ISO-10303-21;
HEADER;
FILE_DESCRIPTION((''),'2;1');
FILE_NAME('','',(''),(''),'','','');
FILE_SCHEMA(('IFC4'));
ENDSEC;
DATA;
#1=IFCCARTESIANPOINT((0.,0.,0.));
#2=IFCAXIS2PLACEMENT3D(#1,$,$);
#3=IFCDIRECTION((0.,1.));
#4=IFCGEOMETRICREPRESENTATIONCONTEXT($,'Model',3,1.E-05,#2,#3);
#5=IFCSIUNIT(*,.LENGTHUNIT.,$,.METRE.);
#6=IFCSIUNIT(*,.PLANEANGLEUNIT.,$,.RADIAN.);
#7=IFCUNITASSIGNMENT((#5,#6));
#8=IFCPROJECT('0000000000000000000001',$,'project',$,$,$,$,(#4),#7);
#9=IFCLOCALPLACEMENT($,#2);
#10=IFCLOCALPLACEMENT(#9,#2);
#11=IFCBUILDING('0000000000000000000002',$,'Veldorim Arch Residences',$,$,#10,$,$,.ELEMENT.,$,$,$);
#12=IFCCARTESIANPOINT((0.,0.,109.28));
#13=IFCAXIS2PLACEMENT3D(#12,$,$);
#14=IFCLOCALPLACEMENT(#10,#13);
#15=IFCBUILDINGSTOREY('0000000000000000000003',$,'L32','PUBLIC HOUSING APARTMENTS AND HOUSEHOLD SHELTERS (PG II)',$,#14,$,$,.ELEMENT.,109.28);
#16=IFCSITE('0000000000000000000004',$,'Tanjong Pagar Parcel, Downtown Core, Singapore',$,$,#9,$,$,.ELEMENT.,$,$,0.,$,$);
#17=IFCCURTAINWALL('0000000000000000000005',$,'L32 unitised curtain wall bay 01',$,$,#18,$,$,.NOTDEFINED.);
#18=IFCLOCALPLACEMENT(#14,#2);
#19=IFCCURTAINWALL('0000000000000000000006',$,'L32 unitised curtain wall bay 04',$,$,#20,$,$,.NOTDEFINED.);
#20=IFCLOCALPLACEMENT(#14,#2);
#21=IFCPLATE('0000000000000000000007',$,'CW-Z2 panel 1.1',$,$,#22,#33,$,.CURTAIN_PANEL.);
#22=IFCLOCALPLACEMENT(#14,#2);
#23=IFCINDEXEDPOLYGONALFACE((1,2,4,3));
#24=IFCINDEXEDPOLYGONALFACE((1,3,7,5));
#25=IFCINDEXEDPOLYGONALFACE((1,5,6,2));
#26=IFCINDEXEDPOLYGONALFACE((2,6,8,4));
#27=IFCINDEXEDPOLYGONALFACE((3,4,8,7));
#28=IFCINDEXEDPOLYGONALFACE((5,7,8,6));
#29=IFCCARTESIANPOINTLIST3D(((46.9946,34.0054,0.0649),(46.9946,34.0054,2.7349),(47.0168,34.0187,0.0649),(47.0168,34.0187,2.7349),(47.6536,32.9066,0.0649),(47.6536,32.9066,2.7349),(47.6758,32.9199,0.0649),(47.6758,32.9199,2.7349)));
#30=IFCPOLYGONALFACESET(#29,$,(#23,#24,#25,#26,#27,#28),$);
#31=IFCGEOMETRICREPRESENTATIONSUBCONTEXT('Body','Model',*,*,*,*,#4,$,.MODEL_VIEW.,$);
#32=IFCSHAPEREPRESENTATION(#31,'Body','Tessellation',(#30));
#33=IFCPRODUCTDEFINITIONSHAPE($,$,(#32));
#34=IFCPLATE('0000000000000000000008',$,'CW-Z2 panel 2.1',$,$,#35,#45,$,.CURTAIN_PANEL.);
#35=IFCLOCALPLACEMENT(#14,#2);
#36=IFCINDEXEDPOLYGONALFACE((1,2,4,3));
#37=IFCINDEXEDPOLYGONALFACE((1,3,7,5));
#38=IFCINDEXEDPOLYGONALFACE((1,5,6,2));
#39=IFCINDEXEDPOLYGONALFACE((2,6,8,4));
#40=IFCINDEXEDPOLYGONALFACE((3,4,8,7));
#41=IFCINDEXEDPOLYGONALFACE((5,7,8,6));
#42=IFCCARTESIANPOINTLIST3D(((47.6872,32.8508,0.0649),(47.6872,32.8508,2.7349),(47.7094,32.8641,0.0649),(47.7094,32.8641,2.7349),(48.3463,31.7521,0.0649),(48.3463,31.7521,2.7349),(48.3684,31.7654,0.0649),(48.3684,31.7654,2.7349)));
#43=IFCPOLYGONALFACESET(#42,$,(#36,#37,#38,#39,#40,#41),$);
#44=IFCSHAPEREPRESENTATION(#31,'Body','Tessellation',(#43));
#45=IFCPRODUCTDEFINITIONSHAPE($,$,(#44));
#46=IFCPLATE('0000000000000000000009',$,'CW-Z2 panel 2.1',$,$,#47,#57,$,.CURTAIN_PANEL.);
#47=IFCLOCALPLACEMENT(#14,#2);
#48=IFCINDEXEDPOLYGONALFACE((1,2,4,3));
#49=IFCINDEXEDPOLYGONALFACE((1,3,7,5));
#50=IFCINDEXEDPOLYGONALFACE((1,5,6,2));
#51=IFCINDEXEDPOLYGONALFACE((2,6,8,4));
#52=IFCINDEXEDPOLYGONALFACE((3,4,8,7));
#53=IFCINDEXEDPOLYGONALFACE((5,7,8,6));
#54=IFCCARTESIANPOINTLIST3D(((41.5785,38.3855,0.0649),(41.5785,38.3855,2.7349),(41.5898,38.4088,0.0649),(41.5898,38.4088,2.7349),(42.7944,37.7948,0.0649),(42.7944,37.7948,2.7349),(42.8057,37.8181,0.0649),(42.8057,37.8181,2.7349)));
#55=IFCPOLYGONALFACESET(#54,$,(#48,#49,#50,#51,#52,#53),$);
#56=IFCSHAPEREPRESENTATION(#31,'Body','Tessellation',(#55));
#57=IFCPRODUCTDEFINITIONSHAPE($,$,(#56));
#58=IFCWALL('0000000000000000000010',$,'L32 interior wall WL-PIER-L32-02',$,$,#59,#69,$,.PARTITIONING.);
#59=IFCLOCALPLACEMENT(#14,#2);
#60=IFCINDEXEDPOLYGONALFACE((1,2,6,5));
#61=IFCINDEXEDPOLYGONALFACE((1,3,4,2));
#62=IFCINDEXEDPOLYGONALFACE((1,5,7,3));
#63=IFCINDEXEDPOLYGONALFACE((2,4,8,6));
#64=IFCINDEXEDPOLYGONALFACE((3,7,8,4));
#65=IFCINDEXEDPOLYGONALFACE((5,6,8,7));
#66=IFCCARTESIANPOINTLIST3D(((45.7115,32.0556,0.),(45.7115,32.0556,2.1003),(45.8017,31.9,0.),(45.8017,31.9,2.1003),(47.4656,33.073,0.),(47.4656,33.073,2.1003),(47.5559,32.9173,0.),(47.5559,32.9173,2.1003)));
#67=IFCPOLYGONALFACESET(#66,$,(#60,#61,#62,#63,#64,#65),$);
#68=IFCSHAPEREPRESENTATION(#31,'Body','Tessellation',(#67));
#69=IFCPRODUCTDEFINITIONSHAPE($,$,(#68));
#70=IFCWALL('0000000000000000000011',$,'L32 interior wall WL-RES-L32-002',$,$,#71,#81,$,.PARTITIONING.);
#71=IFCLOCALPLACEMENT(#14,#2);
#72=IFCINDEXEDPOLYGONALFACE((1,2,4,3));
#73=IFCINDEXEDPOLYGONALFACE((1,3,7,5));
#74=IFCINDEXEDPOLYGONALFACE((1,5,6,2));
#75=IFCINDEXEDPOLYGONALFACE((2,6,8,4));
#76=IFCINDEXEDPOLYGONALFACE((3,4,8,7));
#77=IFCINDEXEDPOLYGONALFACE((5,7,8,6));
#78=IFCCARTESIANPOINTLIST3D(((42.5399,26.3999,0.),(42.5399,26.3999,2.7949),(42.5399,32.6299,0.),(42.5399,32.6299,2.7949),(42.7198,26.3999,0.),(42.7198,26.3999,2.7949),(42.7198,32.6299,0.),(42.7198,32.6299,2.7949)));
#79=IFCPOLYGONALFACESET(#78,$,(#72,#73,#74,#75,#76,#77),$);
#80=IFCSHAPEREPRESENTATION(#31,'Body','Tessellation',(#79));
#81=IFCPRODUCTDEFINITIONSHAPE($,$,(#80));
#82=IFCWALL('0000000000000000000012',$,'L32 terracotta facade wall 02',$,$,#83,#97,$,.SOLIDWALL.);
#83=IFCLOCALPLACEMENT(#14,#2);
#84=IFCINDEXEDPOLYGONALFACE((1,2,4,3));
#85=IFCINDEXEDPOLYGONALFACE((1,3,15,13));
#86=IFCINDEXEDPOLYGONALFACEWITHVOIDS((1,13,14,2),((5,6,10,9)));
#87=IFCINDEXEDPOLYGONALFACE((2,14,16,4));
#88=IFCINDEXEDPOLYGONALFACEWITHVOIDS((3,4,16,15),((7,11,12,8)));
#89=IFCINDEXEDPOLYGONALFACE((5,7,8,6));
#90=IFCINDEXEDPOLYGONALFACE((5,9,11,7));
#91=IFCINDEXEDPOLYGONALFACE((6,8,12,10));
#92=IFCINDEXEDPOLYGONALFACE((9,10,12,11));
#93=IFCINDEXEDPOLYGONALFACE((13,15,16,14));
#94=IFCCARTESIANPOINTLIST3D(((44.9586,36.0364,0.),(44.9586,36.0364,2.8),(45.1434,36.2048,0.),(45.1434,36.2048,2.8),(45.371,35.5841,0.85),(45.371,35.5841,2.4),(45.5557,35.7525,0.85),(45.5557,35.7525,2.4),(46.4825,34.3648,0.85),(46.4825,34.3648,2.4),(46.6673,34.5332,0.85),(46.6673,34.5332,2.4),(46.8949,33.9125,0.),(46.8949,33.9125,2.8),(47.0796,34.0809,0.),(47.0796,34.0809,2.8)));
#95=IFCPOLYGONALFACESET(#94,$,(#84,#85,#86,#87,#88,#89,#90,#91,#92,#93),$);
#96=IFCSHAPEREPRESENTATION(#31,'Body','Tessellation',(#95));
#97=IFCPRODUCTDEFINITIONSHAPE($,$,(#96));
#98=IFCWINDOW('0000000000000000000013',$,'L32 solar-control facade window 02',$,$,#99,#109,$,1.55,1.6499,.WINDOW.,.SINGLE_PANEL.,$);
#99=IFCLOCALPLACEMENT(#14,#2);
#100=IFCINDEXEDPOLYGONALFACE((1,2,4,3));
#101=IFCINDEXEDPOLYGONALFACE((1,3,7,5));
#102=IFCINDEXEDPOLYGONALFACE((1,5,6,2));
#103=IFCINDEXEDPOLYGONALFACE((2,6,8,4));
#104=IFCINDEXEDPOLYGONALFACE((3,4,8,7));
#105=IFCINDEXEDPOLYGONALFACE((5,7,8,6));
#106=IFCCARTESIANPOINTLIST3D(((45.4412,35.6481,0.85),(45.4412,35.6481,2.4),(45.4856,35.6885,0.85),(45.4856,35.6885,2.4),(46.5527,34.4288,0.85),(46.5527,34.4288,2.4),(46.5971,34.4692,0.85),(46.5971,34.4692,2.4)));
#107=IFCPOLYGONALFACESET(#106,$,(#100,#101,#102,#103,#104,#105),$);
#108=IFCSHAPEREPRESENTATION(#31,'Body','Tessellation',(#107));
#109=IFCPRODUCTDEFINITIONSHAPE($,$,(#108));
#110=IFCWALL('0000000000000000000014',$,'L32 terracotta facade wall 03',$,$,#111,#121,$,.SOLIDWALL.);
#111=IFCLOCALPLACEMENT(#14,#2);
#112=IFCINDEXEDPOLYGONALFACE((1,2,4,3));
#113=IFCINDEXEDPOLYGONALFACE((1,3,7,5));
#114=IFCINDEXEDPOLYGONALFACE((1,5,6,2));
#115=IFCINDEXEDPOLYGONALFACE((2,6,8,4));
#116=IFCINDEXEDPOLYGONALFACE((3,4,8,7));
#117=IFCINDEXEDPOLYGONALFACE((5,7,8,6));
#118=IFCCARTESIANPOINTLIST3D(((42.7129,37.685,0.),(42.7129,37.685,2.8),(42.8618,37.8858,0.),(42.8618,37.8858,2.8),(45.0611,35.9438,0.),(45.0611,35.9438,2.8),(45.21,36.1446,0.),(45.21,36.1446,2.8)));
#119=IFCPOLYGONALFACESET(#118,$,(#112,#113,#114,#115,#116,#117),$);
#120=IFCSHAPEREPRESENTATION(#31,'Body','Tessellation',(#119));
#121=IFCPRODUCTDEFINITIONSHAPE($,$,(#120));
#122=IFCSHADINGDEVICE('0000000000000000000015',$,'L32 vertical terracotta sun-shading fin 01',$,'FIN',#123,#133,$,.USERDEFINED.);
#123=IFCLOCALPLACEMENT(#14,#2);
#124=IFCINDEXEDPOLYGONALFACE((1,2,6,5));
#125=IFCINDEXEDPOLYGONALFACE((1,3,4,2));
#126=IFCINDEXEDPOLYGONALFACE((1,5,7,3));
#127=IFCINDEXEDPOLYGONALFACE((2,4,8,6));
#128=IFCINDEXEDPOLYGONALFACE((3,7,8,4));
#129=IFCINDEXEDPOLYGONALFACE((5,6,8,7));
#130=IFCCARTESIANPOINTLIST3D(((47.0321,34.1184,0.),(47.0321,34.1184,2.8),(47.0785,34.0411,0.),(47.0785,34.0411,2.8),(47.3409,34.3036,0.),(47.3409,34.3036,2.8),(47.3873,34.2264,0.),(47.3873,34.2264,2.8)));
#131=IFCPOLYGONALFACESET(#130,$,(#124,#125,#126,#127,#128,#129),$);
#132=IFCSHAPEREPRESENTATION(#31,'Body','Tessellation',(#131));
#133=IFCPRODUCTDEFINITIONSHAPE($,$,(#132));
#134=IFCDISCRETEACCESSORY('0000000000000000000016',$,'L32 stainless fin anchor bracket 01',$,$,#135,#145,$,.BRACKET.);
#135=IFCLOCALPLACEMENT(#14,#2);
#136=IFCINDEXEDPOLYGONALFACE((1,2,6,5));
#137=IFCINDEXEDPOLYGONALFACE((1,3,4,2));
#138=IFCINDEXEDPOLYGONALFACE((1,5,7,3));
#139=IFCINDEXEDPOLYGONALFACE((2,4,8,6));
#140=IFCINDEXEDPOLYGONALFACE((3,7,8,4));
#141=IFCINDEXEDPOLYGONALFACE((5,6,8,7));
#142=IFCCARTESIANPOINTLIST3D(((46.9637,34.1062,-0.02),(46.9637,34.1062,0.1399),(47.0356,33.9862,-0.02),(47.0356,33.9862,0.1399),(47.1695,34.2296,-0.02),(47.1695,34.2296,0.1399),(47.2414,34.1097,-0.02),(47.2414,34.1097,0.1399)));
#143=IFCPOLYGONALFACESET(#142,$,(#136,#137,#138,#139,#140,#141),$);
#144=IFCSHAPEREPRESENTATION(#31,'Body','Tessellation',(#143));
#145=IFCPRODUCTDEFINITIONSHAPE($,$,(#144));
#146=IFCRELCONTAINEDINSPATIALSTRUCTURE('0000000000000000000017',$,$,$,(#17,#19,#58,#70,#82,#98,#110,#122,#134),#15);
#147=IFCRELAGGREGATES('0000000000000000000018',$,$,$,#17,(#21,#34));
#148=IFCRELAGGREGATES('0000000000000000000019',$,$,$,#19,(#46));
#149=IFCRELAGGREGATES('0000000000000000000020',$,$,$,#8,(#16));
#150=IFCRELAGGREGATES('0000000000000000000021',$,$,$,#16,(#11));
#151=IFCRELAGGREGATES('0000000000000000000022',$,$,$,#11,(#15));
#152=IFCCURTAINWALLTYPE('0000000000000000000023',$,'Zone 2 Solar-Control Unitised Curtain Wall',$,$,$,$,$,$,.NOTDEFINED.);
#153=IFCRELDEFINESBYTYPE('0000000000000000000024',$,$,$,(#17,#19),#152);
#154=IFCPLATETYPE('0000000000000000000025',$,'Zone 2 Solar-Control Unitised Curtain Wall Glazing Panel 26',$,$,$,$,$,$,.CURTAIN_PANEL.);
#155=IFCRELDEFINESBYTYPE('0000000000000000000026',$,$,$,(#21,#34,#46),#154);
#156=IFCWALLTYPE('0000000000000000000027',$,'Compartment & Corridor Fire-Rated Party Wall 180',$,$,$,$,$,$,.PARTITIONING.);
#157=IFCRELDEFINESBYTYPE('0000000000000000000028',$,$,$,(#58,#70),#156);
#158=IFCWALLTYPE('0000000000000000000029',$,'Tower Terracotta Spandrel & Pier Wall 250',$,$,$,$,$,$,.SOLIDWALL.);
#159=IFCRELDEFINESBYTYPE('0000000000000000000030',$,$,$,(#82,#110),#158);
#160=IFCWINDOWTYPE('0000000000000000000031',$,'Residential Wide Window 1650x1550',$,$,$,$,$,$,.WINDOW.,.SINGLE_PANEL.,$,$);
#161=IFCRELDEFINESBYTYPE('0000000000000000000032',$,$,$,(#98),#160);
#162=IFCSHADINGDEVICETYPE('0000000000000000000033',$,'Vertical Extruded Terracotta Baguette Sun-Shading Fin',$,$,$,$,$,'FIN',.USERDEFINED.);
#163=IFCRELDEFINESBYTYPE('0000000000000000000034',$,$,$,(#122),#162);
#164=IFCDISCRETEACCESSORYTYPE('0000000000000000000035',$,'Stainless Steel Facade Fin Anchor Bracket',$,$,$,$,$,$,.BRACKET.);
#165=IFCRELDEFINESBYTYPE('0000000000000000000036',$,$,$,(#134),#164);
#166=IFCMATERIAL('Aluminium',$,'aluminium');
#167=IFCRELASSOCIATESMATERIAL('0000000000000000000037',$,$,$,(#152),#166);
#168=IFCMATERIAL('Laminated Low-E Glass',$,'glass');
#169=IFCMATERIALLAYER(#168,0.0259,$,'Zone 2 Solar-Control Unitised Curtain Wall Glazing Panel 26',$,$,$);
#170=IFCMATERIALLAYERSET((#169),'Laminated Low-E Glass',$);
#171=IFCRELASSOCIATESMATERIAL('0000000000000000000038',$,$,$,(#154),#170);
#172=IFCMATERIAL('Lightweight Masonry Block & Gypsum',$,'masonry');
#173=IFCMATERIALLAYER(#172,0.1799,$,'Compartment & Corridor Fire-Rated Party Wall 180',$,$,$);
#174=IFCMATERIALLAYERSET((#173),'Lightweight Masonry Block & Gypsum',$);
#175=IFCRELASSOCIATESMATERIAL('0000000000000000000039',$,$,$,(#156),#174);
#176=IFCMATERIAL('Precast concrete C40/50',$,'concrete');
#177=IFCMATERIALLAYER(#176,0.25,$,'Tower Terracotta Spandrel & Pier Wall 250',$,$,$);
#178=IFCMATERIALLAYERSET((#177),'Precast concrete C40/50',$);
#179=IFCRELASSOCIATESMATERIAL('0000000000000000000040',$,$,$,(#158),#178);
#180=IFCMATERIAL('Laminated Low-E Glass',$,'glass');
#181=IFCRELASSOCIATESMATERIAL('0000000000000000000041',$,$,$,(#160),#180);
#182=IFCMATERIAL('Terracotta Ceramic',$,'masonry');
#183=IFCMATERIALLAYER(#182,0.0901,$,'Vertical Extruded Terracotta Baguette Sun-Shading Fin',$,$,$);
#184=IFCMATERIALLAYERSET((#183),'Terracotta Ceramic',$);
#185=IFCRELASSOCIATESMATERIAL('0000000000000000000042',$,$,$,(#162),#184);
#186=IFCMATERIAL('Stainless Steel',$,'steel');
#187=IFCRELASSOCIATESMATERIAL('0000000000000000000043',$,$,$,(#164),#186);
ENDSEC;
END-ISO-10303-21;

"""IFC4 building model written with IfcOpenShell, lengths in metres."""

from ifc_helpers import new_model, si_unit, direction, frame, frame_2d, origin, origin_2d, place, context, subcontext, project, spatial, rectangle, extrude, material, layer, layer_set, type_object, element, fill, aggregate, save


model = new_model("IFC4")

# Units and contexts
model_context = context("Model", 3, precision=1e-05, world=origin(), true_north=direction((0.0, 1.0)))
body_context = subcontext(model_context, "Body", "Model", "MODEL_VIEW")
ifc_project = project(units=[si_unit("LENGTHUNIT", "METRE"), si_unit("PLANEANGLEUNIT", "RADIAN")], contexts=[model_context])

# Site, building, storey
site_placement = place(None, origin())
site = spatial("IfcSite", under=ifc_project, at=site_placement, Name="Tanjong Pagar Parcel, Downtown Core, Singapore", CompositionType="ELEMENT", RefElevation=0.0)
building_placement = place(site_placement, origin())
building = spatial("IfcBuilding", under=site, at=building_placement, Name="Veldorim Arch Residences", CompositionType="ELEMENT")
storey_placement = place(building_placement, frame((0.0, 0.0, 109.28)))
storey = spatial("IfcBuildingStorey", under=building, at=storey_placement, Name="L32", Description="PUBLIC HOUSING APARTMENTS AND HOUSEHOLD SHELTERS (PG II)", CompositionType="ELEMENT", Elevation=109.28)

# Curtain walls
ifc_material_1 = material(Name="Aluminium", Category="aluminium")
curtain_wall_type = type_object("IfcCurtainWallType", Name="Zone 2 Solar-Control Unitised Curtain Wall", PredefinedType="NOTDEFINED", material=ifc_material_1)
curtain_wall_1_placement = place(storey_placement, origin())
curtain_wall_1 = element("IfcCurtainWall", 1, at=curtain_wall_1_placement, inside=storey, type_object=curtain_wall_type, Name="L32 unitised curtain wall bay 01", PredefinedType="NOTDEFINED")
curtain_wall_2_placement = place(storey_placement, origin())
curtain_wall_2 = element("IfcCurtainWall", 2, at=curtain_wall_2_placement, inside=storey, type_object=curtain_wall_type, Name="L32 unitised curtain wall bay 04", PredefinedType="NOTDEFINED")

# Plates
ifc_material_2 = material(Name="Laminated Low-E Glass", Category="glass")
ifc_layer_1 = layer(ifc_material_2, 0.0259, Name="Zone 2 Solar-Control Unitised Curtain Wall Glazing Panel 26")
ifc_layer_set_1 = layer_set([ifc_layer_1], Name="Laminated Low-E Glass")
plate_type = type_object("IfcPlateType", Name="Zone 2 Solar-Control Unitised Curtain Wall Glazing Panel 26", PredefinedType="CURTAIN_PANEL", material=ifc_layer_set_1)
plate_1_placement = place(storey_placement, frame((47.3352, 33.4626, 0.0649), z_axis=(0.0, 0.0, 1.0), x_axis=(0.514368, -0.85757, 0.0)))
plate_1 = element("IfcPlate", 3, at=plate_1_placement, type_object=plate_type, Name="CW-Z2 panel 1.1", PredefinedType="CURTAIN_PANEL", context=body_context, shape_type="SweptSolid", body=[
    extrude(rectangle(XDim=1.2812, YDim=0.0259, at=origin_2d()), origin(), (0.0, 0.0, 1.0), 2.6699),
])
plate_2_placement = place(storey_placement, frame((48.0278, 32.3081, 0.0649), z_axis=(0.0, 0.0, 1.0), x_axis=(0.514368, -0.85757, 0.0)))
plate_2 = element("IfcPlate", 4, at=plate_2_placement, type_object=plate_type, Name="CW-Z2 panel 2.1", PredefinedType="CURTAIN_PANEL", context=body_context, shape_type="SweptSolid", body=[
    extrude(rectangle(XDim=1.2812, YDim=0.0259, at=origin_2d()), origin(), (0.0, 0.0, 1.0), 2.6699),
])
aggregate(curtain_wall_1, [plate_1, plate_2])
plate_3_placement = place(storey_placement, frame((42.1921, 38.1018, 0.0649), z_axis=(0.0, 0.0, 1.0), x_axis=(0.899462, -0.437, 0.0)))
plate_3 = element("IfcPlate", 5, at=plate_3_placement, type_object=plate_type, Name="CW-Z2 panel 2.1", PredefinedType="CURTAIN_PANEL", context=body_context, shape_type="SweptSolid", body=[
    extrude(rectangle(XDim=1.3518, YDim=0.0259, at=origin_2d()), origin(), (0.0, 0.0, 1.0), 2.6699),
])
aggregate(curtain_wall_2, [plate_3])

# Walls
ifc_material_3 = material(Name="Lightweight Masonry Block & Gypsum", Category="masonry")
ifc_layer_2 = layer(ifc_material_3, 0.1799, Name="Compartment & Corridor Fire-Rated Party Wall 180")
ifc_layer_set_2 = layer_set([ifc_layer_2], Name="Lightweight Masonry Block & Gypsum")
wall_type_1 = type_object("IfcWallType", Name="Compartment & Corridor Fire-Rated Party Wall 180", PredefinedType="PARTITIONING", material=ifc_layer_set_2)
wall_1_placement = place(storey_placement, frame((45.7566, 31.9778, 0.0), z_axis=(0.0, 0.0, 1.0), x_axis=(0.865047, 0.501691, 0.0)))
element("IfcWall", 6, at=wall_1_placement, inside=storey, type_object=wall_type_1, Name="L32 interior wall WL-PIER-L32-02", PredefinedType="PARTITIONING", context=body_context, shape_type="SweptSolid", body=[
    extrude(rectangle(XDim=2.0278, YDim=0.1799, at=frame_2d((1.0139, 0.0))), origin(), (0.0, 0.0, 1.0), 2.1003),
])
wall_2_placement = place(storey_placement, frame((42.6299, 32.6299, 0.0), z_axis=(0.0, 0.0, 1.0), x_axis=(0.0, -1.0, 0.0)))
element("IfcWall", 7, at=wall_2_placement, inside=storey, type_object=wall_type_1, Name="L32 interior wall WL-RES-L32-002", PredefinedType="PARTITIONING", context=body_context, shape_type="SweptSolid", body=[
    extrude(rectangle(XDim=6.23, YDim=0.1799, at=frame_2d((3.115, 0.0))), origin(), (0.0, 0.0, 1.0), 2.7949),
])

# Wall, opening, window
ifc_material_4 = material(Name="Precast concrete C40/50", Category="concrete")
ifc_layer_3 = layer(ifc_material_4, 0.25, Name="Tower Terracotta Spandrel & Pier Wall 250")
ifc_layer_set_3 = layer_set([ifc_layer_3], Name="Precast concrete C40/50")
wall_type_2 = type_object("IfcWallType", Name="Tower Terracotta Spandrel & Pier Wall 250", PredefinedType="SOLIDWALL", material=ifc_layer_set_3)
wall_3_placement = place(storey_placement, frame((45.051, 36.1206, 0.0), z_axis=(0.0, 0.0, 1.0), x_axis=(0.673691, -0.739013, 0.0)))
wall_3 = element("IfcWall", 8, at=wall_3_placement, inside=storey, type_object=wall_type_2, Name="L32 terracotta facade wall 02", PredefinedType="SOLIDWALL", context=body_context, shape_type="SweptSolid", body=[
    extrude(rectangle(XDim=2.874, YDim=0.25, at=frame_2d((1.437, 0.0))), origin(), (0.0, 0.0, 1.0), 2.8),
])
opening_placement = place(wall_3_placement, frame((0.6121, 0.0, 0.8501)))
opening = element("IfcOpeningElement", 9, at=opening_placement, cuts=wall_3, PredefinedType="OPENING", context=body_context, shape_type="SweptSolid", body=[
    extrude(rectangle(XDim=1.6499, YDim=1.55, at=frame_2d((0.825, 0.7749))), frame((0.0, 0.135, 0.0), z_axis=(0.0, -1.0, 0.0), x_axis=(1.0, 0.0, 0.0)), (0.0, 0.0, 1.0), 0.27),
])
ifc_material_5 = material(Name="Laminated Low-E Glass", Category="glass")
window_type = type_object("IfcWindowType", Name="Residential Wide Window 1650x1550", PartitioningType="SINGLE_PANEL", PredefinedType="WINDOW", material=ifc_material_5)
window_placement = place(opening_placement, origin())
window = element("IfcWindow", 10, at=window_placement, inside=storey, type_object=window_type, Name="L32 solar-control facade window 02", OverallHeight=1.55, OverallWidth=1.6499, PartitioningType="SINGLE_PANEL", PredefinedType="WINDOW", context=body_context, shape_type="SweptSolid", body=[
    extrude(rectangle(XDim=1.6499, YDim=1.55, at=frame_2d((0.825, 0.7749))), frame((0.0, 0.03, 0.0), z_axis=(0.0, -1.0, 0.0), x_axis=(1.0, 0.0, 0.0)), (0.0, 0.0, 1.0), 0.0601),
])
fill(opening, window)

# Wall
wall_4_placement = place(storey_placement, frame((42.7874, 37.7854, 0.0), z_axis=(0.0, 0.0, 1.0), x_axis=(0.803255, -0.595635, 0.0)))
element("IfcWall", 11, at=wall_4_placement, inside=storey, type_object=wall_type_2, Name="L32 terracotta facade wall 03", PredefinedType="SOLIDWALL", context=body_context, shape_type="SweptSolid", body=[
    extrude(rectangle(XDim=2.9233, YDim=0.25, at=frame_2d((1.4617, 0.0))), origin(), (0.0, 0.0, 1.0), 2.8),
])

# Shading device
ifc_material_6 = material(Name="Terracotta Ceramic", Category="masonry")
ifc_layer_4 = layer(ifc_material_6, 0.0901, Name="Vertical Extruded Terracotta Baguette Sun-Shading Fin")
ifc_layer_set_4 = layer_set([ifc_layer_4], Name="Terracotta Ceramic")
shading_device_type = type_object("IfcShadingDeviceType", Name="Vertical Extruded Terracotta Baguette Sun-Shading Fin", ElementType="FIN", PredefinedType="USERDEFINED", material=ifc_layer_set_4)
shading_device_placement = place(storey_placement, frame((47.2097, 34.1724, 0.0), z_axis=(0.0, 0.0, 1.0), x_axis=(0.51444, -0.857527, 0.0)))
element("IfcShadingDevice", 12, at=shading_device_placement, inside=storey, type_object=shading_device_type, Name="L32 vertical terracotta sun-shading fin 01", ObjectType="FIN", PredefinedType="USERDEFINED", context=body_context, shape_type="SweptSolid", body=[
    extrude(rectangle(XDim=0.0901, YDim=0.3601, at=origin_2d()), origin(), (0.0, 0.0, 1.0), 2.8),
])

# Discrete accessory
ifc_material_7 = material(Name="Stainless Steel", Category="steel")
discrete_accessory_type = type_object("IfcDiscreteAccessoryType", Name="Stainless Steel Facade Fin Anchor Bracket", PredefinedType="BRACKET", material=ifc_material_7)
discrete_accessory_placement = place(storey_placement, frame((47.1025, 34.1079, -0.02), z_axis=(0.0, 0.0, 1.0), x_axis=(0.51444, -0.857527, 0.0)))
element("IfcDiscreteAccessory", 13, at=discrete_accessory_placement, inside=storey, type_object=discrete_accessory_type, Name="L32 stainless fin anchor bracket 01", PredefinedType="BRACKET", context=body_context, shape_type="SweptSolid", body=[
    extrude(rectangle(XDim=0.1399, YDim=0.24, at=origin_2d()), origin(), (0.0, 0.0, 1.0), 0.1599),
])

save(model, "model.ifc")
